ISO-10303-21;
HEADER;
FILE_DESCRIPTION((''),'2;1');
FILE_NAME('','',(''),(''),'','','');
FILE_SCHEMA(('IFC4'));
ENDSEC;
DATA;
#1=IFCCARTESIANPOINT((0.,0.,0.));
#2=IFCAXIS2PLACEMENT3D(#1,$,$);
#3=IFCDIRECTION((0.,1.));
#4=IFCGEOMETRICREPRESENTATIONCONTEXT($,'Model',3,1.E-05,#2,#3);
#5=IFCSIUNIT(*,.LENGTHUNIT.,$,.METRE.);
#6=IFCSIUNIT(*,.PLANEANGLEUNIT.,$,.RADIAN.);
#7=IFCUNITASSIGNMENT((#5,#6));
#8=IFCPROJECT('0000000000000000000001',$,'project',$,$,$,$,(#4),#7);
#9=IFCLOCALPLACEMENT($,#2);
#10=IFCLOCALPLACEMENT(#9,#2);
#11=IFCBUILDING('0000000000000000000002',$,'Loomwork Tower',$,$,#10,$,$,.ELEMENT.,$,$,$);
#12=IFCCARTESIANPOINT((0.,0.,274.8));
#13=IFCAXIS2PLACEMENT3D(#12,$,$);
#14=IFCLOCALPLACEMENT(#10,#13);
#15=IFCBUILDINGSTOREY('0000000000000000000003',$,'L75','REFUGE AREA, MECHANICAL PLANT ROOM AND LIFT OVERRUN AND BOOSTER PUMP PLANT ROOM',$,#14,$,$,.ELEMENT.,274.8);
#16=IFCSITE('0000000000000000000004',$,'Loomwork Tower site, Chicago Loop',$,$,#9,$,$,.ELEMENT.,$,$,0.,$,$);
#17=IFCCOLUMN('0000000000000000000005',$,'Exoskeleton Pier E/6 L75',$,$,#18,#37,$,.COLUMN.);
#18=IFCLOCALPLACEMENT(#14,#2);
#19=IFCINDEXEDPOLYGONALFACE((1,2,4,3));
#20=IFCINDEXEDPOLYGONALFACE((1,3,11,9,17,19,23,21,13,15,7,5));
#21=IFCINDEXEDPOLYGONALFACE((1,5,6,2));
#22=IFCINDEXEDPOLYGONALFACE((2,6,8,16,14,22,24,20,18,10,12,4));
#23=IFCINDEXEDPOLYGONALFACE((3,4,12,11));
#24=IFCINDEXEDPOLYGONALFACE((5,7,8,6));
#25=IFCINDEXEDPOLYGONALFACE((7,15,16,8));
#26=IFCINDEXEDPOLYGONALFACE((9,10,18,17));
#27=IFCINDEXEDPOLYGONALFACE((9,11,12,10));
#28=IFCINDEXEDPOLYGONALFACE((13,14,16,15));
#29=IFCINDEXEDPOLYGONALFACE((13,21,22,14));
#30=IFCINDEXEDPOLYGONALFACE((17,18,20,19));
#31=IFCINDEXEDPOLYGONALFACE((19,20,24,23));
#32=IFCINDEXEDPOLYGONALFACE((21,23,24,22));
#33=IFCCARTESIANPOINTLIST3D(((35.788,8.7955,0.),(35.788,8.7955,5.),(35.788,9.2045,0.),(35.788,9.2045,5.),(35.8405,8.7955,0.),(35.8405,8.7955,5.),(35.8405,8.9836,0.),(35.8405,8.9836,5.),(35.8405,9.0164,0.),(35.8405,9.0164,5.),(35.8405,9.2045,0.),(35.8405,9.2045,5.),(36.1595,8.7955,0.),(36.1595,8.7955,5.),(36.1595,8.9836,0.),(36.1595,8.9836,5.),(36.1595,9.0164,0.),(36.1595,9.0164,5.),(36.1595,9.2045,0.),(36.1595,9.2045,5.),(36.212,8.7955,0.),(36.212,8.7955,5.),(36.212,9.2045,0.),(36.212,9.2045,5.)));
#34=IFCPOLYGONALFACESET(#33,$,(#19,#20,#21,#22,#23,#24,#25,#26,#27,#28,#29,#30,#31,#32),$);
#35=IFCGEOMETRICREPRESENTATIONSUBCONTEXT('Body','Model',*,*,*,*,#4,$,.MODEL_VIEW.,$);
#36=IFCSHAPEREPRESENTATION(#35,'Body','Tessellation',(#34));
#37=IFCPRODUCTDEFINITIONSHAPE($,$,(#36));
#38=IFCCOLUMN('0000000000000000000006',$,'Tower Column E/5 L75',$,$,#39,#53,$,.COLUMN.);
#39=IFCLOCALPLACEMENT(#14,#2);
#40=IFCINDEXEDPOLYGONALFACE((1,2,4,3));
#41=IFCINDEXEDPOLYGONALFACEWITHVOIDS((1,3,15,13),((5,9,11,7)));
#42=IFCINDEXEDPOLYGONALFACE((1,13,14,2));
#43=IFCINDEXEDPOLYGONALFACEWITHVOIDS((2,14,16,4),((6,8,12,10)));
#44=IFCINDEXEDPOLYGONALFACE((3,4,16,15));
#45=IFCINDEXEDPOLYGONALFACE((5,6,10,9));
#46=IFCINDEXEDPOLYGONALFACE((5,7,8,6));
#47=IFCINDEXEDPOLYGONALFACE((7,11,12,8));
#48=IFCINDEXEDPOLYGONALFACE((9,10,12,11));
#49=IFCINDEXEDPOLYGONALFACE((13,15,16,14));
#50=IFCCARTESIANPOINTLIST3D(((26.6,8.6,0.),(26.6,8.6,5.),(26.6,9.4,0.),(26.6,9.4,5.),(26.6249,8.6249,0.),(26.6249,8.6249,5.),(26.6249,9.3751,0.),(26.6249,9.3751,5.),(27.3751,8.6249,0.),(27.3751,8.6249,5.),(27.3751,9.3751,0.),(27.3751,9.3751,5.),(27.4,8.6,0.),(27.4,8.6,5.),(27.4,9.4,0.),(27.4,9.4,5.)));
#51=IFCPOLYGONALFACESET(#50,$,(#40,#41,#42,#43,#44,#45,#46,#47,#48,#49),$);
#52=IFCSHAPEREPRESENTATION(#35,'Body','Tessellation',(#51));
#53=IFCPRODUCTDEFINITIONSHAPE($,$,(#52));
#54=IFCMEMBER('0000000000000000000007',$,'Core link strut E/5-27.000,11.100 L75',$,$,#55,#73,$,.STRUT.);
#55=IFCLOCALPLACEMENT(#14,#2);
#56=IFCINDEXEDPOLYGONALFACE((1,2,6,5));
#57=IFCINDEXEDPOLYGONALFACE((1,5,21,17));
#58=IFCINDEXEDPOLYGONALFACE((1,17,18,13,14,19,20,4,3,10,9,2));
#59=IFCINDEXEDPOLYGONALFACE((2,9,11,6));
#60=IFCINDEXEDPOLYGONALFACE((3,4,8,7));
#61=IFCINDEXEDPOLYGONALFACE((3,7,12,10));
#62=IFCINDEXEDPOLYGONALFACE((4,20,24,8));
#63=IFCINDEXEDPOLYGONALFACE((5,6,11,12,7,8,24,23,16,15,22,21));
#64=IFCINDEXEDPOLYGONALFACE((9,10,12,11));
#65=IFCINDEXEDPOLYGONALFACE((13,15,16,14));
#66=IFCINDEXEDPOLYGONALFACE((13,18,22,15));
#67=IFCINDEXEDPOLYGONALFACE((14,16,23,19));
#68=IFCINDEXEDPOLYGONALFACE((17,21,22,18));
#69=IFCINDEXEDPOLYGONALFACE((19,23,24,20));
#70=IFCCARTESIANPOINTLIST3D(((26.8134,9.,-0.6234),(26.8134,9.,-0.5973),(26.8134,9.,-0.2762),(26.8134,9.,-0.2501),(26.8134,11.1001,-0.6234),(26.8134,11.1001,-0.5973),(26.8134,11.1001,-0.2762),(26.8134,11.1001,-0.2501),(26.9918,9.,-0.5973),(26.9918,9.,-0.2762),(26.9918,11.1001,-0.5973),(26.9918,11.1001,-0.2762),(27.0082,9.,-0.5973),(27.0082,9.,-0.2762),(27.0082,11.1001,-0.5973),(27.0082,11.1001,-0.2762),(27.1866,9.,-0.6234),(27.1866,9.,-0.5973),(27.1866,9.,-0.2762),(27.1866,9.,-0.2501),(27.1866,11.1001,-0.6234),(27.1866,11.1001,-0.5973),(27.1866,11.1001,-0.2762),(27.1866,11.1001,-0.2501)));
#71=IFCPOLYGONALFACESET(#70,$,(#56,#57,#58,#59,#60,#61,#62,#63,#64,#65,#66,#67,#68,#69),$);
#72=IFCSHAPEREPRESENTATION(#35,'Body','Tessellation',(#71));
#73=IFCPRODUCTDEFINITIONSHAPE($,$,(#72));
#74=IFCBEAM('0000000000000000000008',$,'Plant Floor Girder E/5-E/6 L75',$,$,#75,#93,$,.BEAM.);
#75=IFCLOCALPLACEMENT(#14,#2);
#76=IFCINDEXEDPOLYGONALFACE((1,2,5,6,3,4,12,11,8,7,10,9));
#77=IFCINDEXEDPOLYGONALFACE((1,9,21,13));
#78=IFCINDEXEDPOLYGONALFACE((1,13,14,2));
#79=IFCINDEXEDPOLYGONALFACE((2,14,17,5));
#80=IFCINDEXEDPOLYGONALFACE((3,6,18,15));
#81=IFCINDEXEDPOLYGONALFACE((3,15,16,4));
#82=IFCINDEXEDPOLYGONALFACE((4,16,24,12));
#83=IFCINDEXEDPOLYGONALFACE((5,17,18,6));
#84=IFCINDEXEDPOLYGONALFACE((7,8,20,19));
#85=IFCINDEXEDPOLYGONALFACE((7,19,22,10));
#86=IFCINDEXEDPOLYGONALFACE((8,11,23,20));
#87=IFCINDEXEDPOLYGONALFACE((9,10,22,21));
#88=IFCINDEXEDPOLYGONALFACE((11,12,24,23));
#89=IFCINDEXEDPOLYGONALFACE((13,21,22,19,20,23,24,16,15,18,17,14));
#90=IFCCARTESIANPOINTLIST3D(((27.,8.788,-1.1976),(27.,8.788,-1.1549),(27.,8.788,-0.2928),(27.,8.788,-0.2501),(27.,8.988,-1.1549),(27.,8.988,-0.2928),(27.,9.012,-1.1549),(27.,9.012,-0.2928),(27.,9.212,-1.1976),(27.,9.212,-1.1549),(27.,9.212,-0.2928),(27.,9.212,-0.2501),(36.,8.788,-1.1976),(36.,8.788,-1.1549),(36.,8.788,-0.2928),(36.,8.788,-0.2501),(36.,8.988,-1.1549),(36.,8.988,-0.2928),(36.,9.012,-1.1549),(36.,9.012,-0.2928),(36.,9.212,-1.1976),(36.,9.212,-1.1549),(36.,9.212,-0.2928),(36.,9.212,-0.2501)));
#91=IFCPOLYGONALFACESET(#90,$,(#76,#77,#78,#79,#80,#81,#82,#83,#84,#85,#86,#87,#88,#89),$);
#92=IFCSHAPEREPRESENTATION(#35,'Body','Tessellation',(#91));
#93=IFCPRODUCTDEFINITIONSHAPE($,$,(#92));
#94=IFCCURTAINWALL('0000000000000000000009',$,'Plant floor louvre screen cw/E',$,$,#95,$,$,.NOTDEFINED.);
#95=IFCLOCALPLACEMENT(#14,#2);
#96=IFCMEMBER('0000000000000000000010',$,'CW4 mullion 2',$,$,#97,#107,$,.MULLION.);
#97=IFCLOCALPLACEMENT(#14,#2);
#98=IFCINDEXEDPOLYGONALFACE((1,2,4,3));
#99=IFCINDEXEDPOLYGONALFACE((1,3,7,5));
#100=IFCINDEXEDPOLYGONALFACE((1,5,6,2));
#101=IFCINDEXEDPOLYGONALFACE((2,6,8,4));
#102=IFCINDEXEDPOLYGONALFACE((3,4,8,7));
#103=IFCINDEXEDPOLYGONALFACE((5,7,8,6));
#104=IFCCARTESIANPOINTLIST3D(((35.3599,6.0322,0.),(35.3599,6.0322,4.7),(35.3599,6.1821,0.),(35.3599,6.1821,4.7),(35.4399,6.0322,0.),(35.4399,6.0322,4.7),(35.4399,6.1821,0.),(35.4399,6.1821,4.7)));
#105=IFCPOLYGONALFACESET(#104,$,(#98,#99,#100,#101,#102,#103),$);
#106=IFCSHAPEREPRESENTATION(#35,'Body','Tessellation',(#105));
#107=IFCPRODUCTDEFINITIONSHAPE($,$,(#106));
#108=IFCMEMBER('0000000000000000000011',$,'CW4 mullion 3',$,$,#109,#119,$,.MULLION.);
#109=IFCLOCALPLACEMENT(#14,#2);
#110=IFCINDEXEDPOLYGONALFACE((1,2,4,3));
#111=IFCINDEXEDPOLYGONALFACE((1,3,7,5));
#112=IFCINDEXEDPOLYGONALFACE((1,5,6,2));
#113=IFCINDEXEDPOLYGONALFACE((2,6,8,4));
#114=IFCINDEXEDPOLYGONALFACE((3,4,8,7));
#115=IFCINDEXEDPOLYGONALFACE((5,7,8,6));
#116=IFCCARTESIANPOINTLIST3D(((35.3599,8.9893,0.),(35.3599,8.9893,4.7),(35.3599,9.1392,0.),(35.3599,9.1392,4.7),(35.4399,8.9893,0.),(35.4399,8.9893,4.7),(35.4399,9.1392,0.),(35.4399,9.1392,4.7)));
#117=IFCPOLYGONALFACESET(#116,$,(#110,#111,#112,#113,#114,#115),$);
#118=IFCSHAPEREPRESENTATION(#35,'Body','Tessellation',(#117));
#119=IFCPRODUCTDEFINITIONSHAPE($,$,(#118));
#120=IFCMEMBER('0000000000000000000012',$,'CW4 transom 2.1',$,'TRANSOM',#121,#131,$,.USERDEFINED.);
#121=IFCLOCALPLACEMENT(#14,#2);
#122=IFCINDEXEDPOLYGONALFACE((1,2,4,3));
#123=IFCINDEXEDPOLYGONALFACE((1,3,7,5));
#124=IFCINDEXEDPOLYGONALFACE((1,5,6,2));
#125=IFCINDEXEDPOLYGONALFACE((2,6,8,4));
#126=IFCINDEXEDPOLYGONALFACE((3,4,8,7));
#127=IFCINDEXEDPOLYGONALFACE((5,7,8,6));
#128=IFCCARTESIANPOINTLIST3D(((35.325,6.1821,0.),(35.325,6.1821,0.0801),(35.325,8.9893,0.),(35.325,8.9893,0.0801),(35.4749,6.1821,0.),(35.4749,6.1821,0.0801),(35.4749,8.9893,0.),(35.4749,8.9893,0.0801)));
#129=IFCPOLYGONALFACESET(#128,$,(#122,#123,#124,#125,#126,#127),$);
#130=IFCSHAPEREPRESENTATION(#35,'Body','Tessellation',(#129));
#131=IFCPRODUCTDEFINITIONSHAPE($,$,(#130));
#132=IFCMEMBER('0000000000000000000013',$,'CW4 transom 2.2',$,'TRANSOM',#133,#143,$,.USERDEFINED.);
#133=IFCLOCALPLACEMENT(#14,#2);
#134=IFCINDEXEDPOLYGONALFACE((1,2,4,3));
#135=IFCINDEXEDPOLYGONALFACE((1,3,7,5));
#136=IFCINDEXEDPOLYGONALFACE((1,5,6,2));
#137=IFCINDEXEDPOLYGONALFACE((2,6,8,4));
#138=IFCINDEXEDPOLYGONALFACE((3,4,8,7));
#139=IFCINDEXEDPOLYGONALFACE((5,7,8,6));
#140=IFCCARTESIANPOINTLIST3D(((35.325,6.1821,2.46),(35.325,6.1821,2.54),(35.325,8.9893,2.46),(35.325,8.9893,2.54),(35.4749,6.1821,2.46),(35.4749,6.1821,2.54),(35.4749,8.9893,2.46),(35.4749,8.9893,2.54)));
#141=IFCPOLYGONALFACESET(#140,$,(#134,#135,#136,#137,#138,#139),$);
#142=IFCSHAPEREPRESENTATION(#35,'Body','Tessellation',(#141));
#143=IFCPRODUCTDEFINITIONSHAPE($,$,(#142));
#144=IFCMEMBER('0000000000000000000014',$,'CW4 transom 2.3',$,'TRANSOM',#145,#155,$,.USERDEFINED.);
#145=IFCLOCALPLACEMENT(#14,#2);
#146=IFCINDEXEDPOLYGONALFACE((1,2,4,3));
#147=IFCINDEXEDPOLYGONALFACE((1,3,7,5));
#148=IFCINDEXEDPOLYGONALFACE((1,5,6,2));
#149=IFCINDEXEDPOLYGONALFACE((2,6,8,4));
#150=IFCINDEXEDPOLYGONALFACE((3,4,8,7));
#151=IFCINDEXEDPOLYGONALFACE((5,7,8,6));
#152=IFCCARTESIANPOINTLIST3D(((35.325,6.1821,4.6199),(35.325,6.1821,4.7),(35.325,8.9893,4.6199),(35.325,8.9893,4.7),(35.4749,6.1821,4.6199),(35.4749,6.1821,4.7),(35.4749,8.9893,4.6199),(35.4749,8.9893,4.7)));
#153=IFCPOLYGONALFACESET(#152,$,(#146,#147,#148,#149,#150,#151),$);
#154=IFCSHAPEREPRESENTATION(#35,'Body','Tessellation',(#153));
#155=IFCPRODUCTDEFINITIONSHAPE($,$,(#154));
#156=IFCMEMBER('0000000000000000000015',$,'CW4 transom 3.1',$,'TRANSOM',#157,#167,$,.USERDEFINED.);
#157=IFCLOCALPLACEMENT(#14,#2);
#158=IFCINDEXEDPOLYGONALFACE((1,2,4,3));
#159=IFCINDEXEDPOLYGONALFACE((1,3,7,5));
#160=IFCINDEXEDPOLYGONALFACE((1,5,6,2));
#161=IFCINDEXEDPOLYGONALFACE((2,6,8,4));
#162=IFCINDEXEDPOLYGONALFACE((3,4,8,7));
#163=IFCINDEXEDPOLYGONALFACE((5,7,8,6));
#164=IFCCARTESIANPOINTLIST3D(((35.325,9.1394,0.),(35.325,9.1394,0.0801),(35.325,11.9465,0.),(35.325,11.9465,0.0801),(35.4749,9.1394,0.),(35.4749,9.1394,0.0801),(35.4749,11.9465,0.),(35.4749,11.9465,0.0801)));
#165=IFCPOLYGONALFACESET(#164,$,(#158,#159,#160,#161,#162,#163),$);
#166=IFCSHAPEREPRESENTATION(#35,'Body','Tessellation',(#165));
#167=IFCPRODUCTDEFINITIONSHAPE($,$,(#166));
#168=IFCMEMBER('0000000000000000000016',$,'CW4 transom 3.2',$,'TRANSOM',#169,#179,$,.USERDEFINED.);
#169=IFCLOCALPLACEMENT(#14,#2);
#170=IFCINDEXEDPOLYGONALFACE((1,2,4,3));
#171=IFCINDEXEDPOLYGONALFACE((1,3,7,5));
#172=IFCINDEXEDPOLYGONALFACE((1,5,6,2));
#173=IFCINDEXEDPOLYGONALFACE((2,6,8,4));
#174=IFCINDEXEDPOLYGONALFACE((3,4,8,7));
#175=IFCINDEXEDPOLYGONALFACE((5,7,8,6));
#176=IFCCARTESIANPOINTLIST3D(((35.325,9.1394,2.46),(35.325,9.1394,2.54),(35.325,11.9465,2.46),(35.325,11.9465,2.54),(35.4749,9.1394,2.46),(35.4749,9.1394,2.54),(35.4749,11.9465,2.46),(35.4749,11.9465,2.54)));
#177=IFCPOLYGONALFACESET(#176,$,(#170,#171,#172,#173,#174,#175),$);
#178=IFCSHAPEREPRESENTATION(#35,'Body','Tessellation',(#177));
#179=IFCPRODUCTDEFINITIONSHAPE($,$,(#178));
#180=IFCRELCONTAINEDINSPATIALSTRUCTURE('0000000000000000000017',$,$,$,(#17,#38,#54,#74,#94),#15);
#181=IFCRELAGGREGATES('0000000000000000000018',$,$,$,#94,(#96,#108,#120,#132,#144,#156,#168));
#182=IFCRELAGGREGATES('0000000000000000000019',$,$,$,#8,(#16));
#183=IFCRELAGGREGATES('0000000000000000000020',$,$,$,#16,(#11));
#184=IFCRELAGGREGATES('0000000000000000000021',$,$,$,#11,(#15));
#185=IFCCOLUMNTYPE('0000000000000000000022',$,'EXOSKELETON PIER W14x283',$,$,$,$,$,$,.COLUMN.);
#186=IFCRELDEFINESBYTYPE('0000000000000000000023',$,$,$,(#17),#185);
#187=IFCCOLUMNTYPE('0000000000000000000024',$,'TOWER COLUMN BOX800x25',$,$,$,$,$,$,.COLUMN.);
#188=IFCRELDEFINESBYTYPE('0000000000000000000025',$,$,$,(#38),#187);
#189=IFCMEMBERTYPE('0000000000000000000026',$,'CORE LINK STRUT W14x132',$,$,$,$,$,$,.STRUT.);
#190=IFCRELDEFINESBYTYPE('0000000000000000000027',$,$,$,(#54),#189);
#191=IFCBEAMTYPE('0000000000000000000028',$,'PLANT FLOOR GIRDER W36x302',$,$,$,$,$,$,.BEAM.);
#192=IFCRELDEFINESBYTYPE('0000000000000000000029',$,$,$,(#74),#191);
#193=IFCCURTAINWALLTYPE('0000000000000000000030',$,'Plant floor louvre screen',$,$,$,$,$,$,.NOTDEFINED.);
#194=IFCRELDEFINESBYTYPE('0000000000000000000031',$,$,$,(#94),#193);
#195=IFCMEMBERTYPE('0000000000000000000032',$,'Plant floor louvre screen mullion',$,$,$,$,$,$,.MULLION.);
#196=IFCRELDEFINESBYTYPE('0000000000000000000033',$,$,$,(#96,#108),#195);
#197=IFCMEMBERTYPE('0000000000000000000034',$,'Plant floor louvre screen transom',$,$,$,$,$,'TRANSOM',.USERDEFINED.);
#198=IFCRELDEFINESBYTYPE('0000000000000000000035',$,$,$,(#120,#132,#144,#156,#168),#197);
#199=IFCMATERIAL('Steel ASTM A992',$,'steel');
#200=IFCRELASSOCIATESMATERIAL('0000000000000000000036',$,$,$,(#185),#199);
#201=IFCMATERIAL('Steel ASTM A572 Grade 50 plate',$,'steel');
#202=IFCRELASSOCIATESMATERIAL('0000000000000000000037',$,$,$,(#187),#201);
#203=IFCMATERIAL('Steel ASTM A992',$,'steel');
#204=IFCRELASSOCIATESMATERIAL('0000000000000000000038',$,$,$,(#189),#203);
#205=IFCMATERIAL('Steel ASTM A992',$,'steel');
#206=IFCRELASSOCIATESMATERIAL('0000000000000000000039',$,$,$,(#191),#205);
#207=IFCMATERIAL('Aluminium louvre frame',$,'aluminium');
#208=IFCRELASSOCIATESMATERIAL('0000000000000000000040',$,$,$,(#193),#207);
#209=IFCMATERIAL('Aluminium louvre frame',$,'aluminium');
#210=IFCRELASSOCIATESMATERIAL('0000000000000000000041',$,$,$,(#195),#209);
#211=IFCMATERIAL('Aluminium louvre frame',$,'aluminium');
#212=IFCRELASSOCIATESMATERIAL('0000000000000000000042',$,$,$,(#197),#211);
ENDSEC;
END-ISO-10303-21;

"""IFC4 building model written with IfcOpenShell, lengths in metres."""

from ifc_helpers import new_model, si_unit, direction, frame, origin, origin_2d, place, context, subcontext, project, spatial, rectangle, hollow_rectangle, i_section, extrude, material, material_profile, profile_set, type_object, element, aggregate, save


model = new_model("IFC4")

# Units and contexts
model_context = context("Model", 3, precision=1e-05, world=origin(), true_north=direction((0.0, 1.0)))
body_context = subcontext(model_context, "Body", "Model", "MODEL_VIEW")
ifc_project = project(units=[si_unit("LENGTHUNIT", "METRE"), si_unit("PLANEANGLEUNIT", "RADIAN")], contexts=[model_context])

# Site, building, storey
site_placement = place(None, origin())
site = spatial("IfcSite", under=ifc_project, at=site_placement, Name="Loomwork Tower site, Chicago Loop", CompositionType="ELEMENT", RefElevation=0.0)
building_placement = place(site_placement, origin())
building = spatial("IfcBuilding", under=site, at=building_placement, Name="Loomwork Tower", CompositionType="ELEMENT")
storey_placement = place(building_placement, frame((0.0, 0.0, 274.8)))
storey = spatial("IfcBuildingStorey", under=building, at=storey_placement, Name="L75", Description="REFUGE AREA, MECHANICAL PLANT ROOM AND LIFT OVERRUN AND BOOSTER PUMP PLANT ROOM", CompositionType="ELEMENT", Elevation=274.8)

# Columns
ifc_material_1 = material(Name="Steel ASTM A992", Category="steel")
ifc_material_profile_1 = material_profile(ifc_material_1, i_section(OverallWidth=0.4089, OverallDepth=0.4241, WebThickness=0.0327, FlangeThickness=0.0525, at=origin_2d()), Name="W14x283")
ifc_profile_set_1 = profile_set([ifc_material_profile_1], Name="Steel ASTM A992")
column_type_1 = type_object("IfcColumnType", Name="EXOSKELETON PIER W14x283", PredefinedType="COLUMN", material=ifc_profile_set_1)
column_1_placement = place(storey_placement, frame((36.0, 9.0, 0.0), z_axis=(0.0, 0.0, 1.0), x_axis=(0.0, 1.0, 0.0)))
element("IfcColumn", 1, at=column_1_placement, inside=storey, type_object=column_type_1, Name="Exoskeleton Pier E/6 L75", PredefinedType="COLUMN", context=body_context, shape_type="SweptSolid", body=[
    extrude(i_section(OverallWidth=0.4089, OverallDepth=0.4241, WebThickness=0.0327, FlangeThickness=0.0525, at=origin_2d()), origin(), (0.0, 0.0, 1.0), 5.0),
])
ifc_material_2 = material(Name="Steel ASTM A572 Grade 50 plate", Category="steel")
ifc_material_profile_2 = material_profile(ifc_material_2, hollow_rectangle(XDim=0.8, YDim=0.8, WallThickness=0.0249, at=origin_2d()), Name="BOX800x25")
ifc_profile_set_2 = profile_set([ifc_material_profile_2], Name="Steel ASTM A572 Grade 50 plate")
column_type_2 = type_object("IfcColumnType", Name="TOWER COLUMN BOX800x25", PredefinedType="COLUMN", material=ifc_profile_set_2)
column_2_placement = place(storey_placement, frame((27.0, 9.0, 0.0), z_axis=(0.0, 0.0, 1.0), x_axis=(1.0, 0.0, 0.0)))
element("IfcColumn", 2, at=column_2_placement, inside=storey, type_object=column_type_2, Name="Tower Column E/5 L75", PredefinedType="COLUMN", context=body_context, shape_type="SweptSolid", body=[
    extrude(hollow_rectangle(XDim=0.8, YDim=0.8, WallThickness=0.0249, at=origin_2d()), origin(), (0.0, 0.0, 1.0), 5.0),
])

# Member
ifc_material_3 = material(Name="Steel ASTM A992", Category="steel")
ifc_material_profile_3 = material_profile(ifc_material_3, i_section(OverallWidth=0.3733, OverallDepth=0.3733, WebThickness=0.0164, FlangeThickness=0.0261, at=origin_2d()), Name="W14x132")
ifc_profile_set_3 = profile_set([ifc_material_profile_3], Name="Steel ASTM A992")
member_type_1 = type_object("IfcMemberType", Name="CORE LINK STRUT W14x132", PredefinedType="STRUT", material=ifc_profile_set_3)
member_1_placement = place(storey_placement, frame((27.0, 9.0, -0.4368), z_axis=(0.0, 1.0, 0.0), x_axis=(-1.0, 0.0, 0.0)))
element("IfcMember", 3, at=member_1_placement, inside=storey, type_object=member_type_1, Name="Core link strut E/5-27.000,11.100 L75", PredefinedType="STRUT", context=body_context, shape_type="SweptSolid", body=[
    extrude(i_section(OverallWidth=0.3733, OverallDepth=0.3733, WebThickness=0.0164, FlangeThickness=0.0261, at=origin_2d()), origin(), (0.0, 0.0, 1.0), 2.1001),
])

# Beam
ifc_material_4 = material(Name="Steel ASTM A992", Category="steel")
ifc_material_profile_4 = material_profile(ifc_material_4, i_section(OverallWidth=0.4241, OverallDepth=0.9475, WebThickness=0.0239, FlangeThickness=0.0427, at=origin_2d()), Name="W36x302")
ifc_profile_set_4 = profile_set([ifc_material_profile_4], Name="Steel ASTM A992")
beam_type_1 = type_object("IfcBeamType", Name="PLANT FLOOR GIRDER W36x302", PredefinedType="BEAM", material=ifc_profile_set_4)
beam_1_placement = place(storey_placement, frame((27.0, 9.0, -0.7239), z_axis=(1.0, 0.0, 0.0), x_axis=(0.0, 1.0, 0.0)))
element("IfcBeam", 4, at=beam_1_placement, inside=storey, type_object=beam_type_1, Name="Plant Floor Girder E/5-E/6 L75", PredefinedType="BEAM", context=body_context, shape_type="SweptSolid", body=[
    extrude(i_section(OverallWidth=0.4241, OverallDepth=0.9475, WebThickness=0.0239, FlangeThickness=0.0427, at=origin_2d()), origin(), (0.0, 0.0, 1.0), 9.0),
])

# Curtain wall, members
ifc_material_5 = material(Name="Aluminium louvre frame", Category="aluminium")
curtain_wall_type = type_object("IfcCurtainWallType", Name="Plant floor louvre screen", PredefinedType="NOTDEFINED", material=ifc_material_5)
curtain_wall_placement = place(storey_placement, origin())
curtain_wall = element("IfcCurtainWall", 5, at=curtain_wall_placement, inside=storey, type_object=curtain_wall_type, Name="Plant floor louvre screen cw/E", PredefinedType="NOTDEFINED")
ifc_material_6 = material(Name="Aluminium louvre frame", Category="aluminium")
ifc_material_profile_5 = material_profile(ifc_material_6, rectangle(XDim=0.0801, YDim=0.1499, at=origin_2d()), Name="AL 80x150")
ifc_profile_set_5 = profile_set([ifc_material_profile_5], Name="Aluminium louvre frame")
member_type_2 = type_object("IfcMemberType", Name="Plant floor louvre screen mullion", PredefinedType="MULLION", material=ifc_profile_set_5)
member_2_placement = place(storey_placement, frame((35.3999, 6.1072, 0.0), z_axis=(0.0, 0.0, 1.0), x_axis=(-1.0, 0.0, 0.0)))
member_2 = element("IfcMember", 6, at=member_2_placement, type_object=member_type_2, Name="CW4 mullion 2", PredefinedType="MULLION", context=body_context, shape_type="SweptSolid", body=[
    extrude(rectangle(XDim=0.0801, YDim=0.1499, at=origin_2d()), origin(), (0.0, 0.0, 1.0), 4.7),
])
member_3_placement = place(storey_placement, frame((35.3999, 9.0642, 0.0), z_axis=(0.0, 0.0, 1.0), x_axis=(-1.0, 0.0, 0.0)))
member_3 = element("IfcMember", 7, at=member_3_placement, type_object=member_type_2, Name="CW4 mullion 3", PredefinedType="MULLION", context=body_context, shape_type="SweptSolid", body=[
    extrude(rectangle(XDim=0.0801, YDim=0.1499, at=origin_2d()), origin(), (0.0, 0.0, 1.0), 4.7),
])
ifc_material_7 = material(Name="Aluminium louvre frame", Category="aluminium")
ifc_material_profile_6 = material_profile(ifc_material_7, rectangle(XDim=0.1499, YDim=0.0801, at=origin_2d()), Name="AL 80x150")
ifc_profile_set_6 = profile_set([ifc_material_profile_6], Name="Aluminium louvre frame")
member_type_3 = type_object("IfcMemberType", Name="Plant floor louvre screen transom", ElementType="TRANSOM", PredefinedType="USERDEFINED", material=ifc_profile_set_6)
member_4_placement = place(storey_placement, frame((35.3999, 6.1821, 0.04), z_axis=(0.0, 1.0, 0.0), x_axis=(-1.0, 0.0, 0.0)))
member_4 = element("IfcMember", 8, at=member_4_placement, type_object=member_type_3, Name="CW4 transom 2.1", ObjectType="TRANSOM", PredefinedType="USERDEFINED", context=body_context, shape_type="SweptSolid", body=[
    extrude(rectangle(XDim=0.1499, YDim=0.0801, at=origin_2d()), origin(), (0.0, 0.0, 1.0), 2.8071),
])
member_5_placement = place(storey_placement, frame((35.3999, 6.1821, 2.5), z_axis=(0.0, 1.0, 0.0), x_axis=(-1.0, 0.0, 0.0)))
member_5 = element("IfcMember", 9, at=member_5_placement, type_object=member_type_3, Name="CW4 transom 2.2", ObjectType="TRANSOM", PredefinedType="USERDEFINED", context=body_context, shape_type="SweptSolid", body=[
    extrude(rectangle(XDim=0.1499, YDim=0.0801, at=origin_2d()), origin(), (0.0, 0.0, 1.0), 2.8071),
])
member_6_placement = place(storey_placement, frame((35.3999, 6.1821, 4.6599), z_axis=(0.0, 1.0, 0.0), x_axis=(-1.0, 0.0, 0.0)))
member_6 = element("IfcMember", 10, at=member_6_placement, type_object=member_type_3, Name="CW4 transom 2.3", ObjectType="TRANSOM", PredefinedType="USERDEFINED", context=body_context, shape_type="SweptSolid", body=[
    extrude(rectangle(XDim=0.1499, YDim=0.0801, at=origin_2d()), origin(), (0.0, 0.0, 1.0), 2.8071),
])
member_7_placement = place(storey_placement, frame((35.3999, 9.1394, 0.04), z_axis=(0.0, 1.0, 0.0), x_axis=(-1.0, 0.0, 0.0)))
member_7 = element("IfcMember", 11, at=member_7_placement, type_object=member_type_3, Name="CW4 transom 3.1", ObjectType="TRANSOM", PredefinedType="USERDEFINED", context=body_context, shape_type="SweptSolid", body=[
    extrude(rectangle(XDim=0.1499, YDim=0.0801, at=origin_2d()), origin(), (0.0, 0.0, 1.0), 2.8071),
])
member_8_placement = place(storey_placement, frame((35.3999, 9.1394, 2.5), z_axis=(0.0, 1.0, 0.0), x_axis=(-1.0, 0.0, 0.0)))
member_8 = element("IfcMember", 12, at=member_8_placement, type_object=member_type_3, Name="CW4 transom 3.2", ObjectType="TRANSOM", PredefinedType="USERDEFINED", context=body_context, shape_type="SweptSolid", body=[
    extrude(rectangle(XDim=0.1499, YDim=0.0801, at=origin_2d()), origin(), (0.0, 0.0, 1.0), 2.8071),
])

aggregate(curtain_wall, [member_2, member_3, member_4, member_5, member_6, member_7, member_8])

save(model, "model.ifc")
